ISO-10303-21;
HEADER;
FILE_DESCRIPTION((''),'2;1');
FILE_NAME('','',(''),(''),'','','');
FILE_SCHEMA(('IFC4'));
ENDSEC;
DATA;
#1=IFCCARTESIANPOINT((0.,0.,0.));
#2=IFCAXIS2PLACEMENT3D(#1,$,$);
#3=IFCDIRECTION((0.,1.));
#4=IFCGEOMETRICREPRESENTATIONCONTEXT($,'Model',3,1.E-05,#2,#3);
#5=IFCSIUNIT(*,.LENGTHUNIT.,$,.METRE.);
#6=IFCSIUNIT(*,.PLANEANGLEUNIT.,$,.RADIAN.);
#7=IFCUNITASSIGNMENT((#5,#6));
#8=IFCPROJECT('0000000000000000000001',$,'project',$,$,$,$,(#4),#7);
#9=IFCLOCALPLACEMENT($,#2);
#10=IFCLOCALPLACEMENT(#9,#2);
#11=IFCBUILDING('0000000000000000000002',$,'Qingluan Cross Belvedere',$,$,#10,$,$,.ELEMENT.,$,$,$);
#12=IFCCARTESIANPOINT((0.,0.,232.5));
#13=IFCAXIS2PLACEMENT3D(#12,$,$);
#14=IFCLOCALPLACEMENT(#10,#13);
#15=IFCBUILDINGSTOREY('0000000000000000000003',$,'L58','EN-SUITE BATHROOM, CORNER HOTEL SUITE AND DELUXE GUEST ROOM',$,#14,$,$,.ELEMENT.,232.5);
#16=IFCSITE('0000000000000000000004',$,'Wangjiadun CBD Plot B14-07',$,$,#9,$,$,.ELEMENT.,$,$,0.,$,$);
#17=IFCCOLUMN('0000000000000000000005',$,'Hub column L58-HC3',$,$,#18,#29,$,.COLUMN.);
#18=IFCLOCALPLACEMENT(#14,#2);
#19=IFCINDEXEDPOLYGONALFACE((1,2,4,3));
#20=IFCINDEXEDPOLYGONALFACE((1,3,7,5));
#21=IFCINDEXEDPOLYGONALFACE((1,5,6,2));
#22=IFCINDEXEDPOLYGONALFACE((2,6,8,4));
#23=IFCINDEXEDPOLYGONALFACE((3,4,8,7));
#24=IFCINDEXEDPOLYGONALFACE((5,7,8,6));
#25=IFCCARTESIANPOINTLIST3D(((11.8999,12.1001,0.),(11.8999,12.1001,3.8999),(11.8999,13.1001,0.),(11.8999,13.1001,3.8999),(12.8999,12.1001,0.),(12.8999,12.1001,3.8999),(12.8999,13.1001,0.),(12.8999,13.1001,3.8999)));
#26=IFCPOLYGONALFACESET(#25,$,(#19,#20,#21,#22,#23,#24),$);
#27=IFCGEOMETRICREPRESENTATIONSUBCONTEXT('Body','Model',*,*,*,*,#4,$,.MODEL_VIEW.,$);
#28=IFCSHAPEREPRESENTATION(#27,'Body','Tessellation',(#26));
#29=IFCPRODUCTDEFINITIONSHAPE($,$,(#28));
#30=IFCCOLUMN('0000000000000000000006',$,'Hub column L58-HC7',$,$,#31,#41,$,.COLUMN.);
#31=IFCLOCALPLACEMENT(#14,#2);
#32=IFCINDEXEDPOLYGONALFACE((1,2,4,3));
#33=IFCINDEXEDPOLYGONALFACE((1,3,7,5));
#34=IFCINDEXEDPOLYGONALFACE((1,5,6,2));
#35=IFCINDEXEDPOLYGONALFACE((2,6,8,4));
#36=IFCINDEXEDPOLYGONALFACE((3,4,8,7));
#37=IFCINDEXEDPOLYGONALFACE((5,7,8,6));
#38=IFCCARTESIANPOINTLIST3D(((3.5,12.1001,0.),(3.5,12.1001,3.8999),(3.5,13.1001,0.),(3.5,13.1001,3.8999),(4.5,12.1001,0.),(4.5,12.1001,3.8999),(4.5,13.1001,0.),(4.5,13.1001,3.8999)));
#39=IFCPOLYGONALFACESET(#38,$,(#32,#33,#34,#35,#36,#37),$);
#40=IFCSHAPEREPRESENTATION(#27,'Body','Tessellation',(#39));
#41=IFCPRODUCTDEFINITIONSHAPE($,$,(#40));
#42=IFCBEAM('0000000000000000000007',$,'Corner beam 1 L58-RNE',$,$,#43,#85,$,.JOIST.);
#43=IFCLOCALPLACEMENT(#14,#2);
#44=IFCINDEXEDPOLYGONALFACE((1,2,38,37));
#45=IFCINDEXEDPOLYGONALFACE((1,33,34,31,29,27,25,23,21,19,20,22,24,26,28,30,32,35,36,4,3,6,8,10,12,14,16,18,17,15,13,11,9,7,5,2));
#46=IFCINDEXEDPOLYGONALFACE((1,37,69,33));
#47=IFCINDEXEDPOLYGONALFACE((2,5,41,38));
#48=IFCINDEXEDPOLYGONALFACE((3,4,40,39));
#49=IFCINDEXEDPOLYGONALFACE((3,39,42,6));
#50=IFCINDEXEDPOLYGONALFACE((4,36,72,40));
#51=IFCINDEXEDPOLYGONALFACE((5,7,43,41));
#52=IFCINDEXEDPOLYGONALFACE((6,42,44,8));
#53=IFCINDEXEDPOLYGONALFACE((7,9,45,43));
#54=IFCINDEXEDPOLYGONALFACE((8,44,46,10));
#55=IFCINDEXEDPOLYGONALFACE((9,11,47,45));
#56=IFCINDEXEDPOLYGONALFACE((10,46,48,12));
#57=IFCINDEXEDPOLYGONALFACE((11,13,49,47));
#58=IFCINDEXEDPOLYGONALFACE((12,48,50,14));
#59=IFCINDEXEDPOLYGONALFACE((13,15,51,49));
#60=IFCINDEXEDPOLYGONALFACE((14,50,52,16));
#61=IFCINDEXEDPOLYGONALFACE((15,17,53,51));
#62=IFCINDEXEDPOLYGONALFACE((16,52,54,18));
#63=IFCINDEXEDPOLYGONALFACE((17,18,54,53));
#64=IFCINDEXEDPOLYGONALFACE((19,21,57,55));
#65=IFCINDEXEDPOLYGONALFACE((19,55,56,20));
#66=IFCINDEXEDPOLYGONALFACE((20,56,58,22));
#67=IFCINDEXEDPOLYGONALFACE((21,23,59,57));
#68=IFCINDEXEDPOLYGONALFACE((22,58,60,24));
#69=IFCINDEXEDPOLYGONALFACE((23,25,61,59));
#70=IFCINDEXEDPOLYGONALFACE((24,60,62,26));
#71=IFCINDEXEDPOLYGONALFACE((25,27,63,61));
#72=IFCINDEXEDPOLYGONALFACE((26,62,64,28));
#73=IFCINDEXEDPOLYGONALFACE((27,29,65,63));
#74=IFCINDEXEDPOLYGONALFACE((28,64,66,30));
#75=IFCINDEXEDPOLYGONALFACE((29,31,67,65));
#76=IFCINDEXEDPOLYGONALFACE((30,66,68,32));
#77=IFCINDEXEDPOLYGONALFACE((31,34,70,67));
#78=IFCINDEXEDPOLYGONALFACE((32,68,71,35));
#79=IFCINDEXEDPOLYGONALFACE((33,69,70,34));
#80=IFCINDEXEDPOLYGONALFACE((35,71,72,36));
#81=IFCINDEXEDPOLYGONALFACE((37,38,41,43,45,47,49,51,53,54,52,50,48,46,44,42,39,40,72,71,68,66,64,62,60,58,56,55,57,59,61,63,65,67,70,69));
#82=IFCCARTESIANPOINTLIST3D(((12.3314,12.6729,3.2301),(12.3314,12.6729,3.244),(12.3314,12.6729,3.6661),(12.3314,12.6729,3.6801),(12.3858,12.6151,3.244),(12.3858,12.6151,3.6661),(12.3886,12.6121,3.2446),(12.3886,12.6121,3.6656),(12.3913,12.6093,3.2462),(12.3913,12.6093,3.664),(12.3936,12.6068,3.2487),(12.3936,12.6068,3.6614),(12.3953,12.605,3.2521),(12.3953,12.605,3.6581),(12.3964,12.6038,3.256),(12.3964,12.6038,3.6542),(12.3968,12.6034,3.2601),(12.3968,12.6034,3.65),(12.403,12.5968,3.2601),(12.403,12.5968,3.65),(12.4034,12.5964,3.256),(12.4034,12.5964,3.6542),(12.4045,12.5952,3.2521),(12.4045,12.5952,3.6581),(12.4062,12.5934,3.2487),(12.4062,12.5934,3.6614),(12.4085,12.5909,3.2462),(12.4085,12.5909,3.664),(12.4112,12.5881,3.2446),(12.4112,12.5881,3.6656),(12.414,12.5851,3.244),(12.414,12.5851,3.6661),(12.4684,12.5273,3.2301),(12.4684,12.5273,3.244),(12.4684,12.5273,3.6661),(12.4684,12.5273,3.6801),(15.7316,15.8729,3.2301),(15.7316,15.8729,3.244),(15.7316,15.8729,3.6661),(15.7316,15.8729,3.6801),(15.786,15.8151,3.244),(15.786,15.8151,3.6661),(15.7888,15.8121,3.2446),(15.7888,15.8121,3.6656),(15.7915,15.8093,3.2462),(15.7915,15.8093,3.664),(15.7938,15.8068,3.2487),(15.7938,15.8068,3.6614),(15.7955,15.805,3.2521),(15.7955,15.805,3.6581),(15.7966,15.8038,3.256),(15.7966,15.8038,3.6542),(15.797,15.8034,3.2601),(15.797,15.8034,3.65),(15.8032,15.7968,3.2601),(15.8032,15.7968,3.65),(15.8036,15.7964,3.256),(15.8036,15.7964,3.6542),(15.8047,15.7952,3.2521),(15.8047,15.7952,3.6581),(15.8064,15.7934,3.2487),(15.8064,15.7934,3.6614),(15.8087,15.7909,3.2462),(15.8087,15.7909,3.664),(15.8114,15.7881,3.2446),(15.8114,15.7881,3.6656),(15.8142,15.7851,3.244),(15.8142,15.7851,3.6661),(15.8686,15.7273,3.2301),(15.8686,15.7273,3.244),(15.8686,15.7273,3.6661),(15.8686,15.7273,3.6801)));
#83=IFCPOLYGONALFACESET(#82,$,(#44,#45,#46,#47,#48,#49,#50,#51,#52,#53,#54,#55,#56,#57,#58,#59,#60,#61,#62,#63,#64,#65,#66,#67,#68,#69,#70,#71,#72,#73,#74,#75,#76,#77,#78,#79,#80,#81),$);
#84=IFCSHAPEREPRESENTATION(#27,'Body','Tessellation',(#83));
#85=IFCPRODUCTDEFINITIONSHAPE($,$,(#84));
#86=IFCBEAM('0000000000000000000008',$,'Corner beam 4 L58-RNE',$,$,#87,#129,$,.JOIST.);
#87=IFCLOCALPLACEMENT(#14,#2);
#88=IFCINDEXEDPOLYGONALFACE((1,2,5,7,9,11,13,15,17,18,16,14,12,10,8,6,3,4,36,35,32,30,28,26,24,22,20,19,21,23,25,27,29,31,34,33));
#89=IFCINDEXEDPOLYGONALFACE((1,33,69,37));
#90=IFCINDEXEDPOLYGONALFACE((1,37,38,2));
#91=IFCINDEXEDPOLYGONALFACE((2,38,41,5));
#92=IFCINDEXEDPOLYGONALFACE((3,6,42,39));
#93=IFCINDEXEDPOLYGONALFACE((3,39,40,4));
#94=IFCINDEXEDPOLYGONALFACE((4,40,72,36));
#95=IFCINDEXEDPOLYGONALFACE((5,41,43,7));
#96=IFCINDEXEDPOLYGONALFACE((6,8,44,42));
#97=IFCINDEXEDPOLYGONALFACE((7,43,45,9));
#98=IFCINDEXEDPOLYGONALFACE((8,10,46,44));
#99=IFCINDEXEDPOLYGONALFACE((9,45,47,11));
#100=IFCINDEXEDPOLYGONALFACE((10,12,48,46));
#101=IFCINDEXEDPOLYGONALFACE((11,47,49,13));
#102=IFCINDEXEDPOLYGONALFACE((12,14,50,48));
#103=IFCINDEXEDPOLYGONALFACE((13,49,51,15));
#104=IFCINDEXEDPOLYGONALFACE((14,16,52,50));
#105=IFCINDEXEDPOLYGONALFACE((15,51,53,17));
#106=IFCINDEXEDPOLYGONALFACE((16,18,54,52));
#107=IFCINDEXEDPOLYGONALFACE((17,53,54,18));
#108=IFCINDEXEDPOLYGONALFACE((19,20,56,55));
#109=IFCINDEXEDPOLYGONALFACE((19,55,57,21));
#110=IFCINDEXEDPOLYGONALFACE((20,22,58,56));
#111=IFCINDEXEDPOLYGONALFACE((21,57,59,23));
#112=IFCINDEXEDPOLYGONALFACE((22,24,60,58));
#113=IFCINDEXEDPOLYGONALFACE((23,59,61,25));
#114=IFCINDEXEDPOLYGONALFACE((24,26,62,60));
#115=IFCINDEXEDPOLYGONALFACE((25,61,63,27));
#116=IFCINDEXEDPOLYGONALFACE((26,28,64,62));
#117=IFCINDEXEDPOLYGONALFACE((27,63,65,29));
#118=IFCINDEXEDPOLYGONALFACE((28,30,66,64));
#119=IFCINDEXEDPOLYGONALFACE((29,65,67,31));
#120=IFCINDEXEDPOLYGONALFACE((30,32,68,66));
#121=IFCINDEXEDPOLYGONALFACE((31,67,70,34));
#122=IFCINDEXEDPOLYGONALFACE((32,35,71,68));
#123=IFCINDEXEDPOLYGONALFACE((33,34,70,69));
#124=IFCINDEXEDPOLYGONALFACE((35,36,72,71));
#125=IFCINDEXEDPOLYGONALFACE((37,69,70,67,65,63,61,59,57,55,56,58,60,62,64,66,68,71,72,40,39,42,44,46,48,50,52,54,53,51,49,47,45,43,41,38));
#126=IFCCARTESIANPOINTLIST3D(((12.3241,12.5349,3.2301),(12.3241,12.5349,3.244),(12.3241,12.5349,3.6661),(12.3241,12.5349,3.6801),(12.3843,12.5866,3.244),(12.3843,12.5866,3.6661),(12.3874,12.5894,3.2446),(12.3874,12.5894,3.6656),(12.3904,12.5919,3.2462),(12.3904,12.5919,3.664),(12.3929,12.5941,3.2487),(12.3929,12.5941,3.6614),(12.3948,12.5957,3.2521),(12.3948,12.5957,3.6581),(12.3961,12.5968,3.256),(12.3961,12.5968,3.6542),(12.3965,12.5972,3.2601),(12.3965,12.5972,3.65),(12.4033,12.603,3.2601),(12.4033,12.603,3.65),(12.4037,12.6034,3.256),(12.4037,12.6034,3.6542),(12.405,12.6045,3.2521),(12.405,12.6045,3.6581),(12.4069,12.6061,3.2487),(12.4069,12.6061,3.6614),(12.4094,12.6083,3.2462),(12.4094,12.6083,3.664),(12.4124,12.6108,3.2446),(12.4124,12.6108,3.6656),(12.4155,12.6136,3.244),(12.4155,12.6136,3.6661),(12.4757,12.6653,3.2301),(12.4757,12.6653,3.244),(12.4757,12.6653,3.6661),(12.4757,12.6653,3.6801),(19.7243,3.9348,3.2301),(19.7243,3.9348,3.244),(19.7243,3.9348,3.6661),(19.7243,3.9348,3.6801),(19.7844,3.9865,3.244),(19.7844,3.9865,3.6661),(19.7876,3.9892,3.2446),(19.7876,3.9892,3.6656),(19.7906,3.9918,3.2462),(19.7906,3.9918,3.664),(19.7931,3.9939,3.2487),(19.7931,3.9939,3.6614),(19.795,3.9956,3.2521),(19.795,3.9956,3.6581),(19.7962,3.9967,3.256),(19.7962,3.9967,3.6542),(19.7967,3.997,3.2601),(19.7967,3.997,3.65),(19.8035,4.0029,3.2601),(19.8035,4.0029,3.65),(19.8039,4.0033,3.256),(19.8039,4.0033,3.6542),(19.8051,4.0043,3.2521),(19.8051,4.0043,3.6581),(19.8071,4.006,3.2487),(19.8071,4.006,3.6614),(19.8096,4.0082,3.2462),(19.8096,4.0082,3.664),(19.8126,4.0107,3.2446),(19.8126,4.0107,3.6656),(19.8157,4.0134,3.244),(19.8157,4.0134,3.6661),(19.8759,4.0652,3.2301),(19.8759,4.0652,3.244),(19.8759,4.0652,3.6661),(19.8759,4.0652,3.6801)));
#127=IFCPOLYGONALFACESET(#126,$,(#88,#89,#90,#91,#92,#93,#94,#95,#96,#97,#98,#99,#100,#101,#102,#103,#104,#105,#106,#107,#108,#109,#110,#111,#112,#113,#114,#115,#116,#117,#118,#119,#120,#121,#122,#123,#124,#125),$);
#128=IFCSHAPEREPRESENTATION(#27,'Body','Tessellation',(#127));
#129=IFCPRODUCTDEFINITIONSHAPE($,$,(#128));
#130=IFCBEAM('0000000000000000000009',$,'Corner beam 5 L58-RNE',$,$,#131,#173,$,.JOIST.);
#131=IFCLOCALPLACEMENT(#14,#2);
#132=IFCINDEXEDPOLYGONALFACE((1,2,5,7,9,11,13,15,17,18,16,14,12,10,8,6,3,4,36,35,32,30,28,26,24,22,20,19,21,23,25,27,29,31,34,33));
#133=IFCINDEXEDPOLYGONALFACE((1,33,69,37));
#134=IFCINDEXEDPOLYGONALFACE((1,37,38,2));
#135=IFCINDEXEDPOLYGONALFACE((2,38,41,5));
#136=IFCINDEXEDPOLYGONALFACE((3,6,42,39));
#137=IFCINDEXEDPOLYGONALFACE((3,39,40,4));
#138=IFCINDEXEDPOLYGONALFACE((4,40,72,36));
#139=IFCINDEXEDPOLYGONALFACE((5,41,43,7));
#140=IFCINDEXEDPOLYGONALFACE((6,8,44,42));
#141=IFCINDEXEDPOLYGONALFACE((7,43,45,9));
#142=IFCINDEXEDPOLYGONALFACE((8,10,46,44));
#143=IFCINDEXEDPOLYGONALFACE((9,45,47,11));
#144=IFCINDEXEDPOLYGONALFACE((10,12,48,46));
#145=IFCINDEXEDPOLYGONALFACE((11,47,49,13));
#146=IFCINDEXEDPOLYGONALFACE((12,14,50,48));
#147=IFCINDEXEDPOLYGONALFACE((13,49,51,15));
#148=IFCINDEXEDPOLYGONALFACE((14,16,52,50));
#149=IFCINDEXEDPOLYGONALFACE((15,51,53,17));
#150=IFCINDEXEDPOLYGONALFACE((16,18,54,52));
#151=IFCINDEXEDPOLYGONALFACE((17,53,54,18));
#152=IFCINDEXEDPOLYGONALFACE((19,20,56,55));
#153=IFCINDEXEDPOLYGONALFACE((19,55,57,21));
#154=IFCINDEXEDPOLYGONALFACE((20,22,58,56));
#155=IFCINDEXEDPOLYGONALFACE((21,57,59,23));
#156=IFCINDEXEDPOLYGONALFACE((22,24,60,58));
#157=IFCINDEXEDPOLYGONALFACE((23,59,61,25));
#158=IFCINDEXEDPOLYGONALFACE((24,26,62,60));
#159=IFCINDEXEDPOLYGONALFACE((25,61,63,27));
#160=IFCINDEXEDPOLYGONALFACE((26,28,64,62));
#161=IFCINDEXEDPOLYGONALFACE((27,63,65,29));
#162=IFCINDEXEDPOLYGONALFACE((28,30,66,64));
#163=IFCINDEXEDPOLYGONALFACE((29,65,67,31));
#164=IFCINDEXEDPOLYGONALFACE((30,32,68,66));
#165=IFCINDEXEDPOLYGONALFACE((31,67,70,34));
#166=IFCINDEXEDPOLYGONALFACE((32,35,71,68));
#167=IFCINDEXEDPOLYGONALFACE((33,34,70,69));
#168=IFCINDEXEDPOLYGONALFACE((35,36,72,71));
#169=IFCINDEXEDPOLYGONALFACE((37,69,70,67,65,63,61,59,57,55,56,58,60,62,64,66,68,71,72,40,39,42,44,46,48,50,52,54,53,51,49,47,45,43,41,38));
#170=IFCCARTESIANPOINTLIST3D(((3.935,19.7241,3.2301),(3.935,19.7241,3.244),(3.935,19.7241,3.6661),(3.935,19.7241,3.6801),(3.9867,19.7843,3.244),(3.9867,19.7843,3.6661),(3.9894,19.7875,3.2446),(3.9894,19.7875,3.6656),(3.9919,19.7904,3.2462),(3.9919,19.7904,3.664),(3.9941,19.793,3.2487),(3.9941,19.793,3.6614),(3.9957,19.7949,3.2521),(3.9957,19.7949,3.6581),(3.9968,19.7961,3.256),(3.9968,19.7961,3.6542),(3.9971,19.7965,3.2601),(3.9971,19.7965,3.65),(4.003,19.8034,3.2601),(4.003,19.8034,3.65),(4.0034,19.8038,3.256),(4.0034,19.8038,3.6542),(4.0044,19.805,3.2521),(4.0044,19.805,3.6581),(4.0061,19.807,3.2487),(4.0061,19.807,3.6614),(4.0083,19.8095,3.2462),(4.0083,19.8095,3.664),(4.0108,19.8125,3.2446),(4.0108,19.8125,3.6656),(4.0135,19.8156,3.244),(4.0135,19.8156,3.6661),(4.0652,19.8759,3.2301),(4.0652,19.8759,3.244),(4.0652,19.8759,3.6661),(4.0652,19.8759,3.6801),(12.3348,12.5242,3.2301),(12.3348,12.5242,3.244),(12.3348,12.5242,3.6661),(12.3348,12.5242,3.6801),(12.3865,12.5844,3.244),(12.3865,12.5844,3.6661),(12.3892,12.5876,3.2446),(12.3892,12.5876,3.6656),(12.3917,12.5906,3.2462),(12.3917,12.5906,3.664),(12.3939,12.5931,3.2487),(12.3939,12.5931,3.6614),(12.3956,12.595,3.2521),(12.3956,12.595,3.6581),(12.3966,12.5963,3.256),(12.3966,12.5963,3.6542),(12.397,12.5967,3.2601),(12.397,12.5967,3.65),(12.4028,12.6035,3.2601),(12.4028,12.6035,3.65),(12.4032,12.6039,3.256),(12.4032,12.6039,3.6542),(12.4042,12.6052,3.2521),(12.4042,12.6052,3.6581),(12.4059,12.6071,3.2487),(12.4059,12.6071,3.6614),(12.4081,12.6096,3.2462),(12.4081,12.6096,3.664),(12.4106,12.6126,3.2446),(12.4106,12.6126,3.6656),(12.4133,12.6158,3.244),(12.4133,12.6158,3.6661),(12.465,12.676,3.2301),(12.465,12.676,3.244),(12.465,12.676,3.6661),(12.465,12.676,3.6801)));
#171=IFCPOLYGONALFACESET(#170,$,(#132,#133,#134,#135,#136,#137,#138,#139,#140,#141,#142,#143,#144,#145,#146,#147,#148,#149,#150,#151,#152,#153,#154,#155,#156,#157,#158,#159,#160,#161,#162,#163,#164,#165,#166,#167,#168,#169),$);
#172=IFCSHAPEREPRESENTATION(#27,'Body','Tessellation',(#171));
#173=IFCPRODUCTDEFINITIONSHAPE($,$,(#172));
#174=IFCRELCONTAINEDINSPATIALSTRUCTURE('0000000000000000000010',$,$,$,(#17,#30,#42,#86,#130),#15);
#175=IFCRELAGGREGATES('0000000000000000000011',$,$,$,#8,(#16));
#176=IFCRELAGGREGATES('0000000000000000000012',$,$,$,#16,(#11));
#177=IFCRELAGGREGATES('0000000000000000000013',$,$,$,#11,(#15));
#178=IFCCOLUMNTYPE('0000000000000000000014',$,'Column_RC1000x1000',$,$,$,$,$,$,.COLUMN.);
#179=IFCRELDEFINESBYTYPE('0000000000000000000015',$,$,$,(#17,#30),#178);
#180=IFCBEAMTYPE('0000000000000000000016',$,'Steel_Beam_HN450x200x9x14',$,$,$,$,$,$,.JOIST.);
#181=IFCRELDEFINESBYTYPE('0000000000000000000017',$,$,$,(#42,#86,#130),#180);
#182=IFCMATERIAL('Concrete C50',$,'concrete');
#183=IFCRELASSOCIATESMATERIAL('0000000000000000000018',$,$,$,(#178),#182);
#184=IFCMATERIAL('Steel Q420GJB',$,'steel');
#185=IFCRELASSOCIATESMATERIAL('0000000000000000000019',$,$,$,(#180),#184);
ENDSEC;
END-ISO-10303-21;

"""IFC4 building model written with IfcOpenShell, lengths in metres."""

from ifc_helpers import new_model, si_unit, direction, frame, origin, origin_2d, place, context, subcontext, project, spatial, rectangle, i_section, extrude, material, material_profile, profile_set, type_object, element, save


model = new_model("IFC4")

# Units and contexts
model_context = context("Model", 3, precision=1e-05, world=origin(), true_north=direction((0.0, 1.0)))
body_context = subcontext(model_context, "Body", "Model", "MODEL_VIEW")
ifc_project = project(units=[si_unit("LENGTHUNIT", "METRE"), si_unit("PLANEANGLEUNIT", "RADIAN")], contexts=[model_context])

# Site, building, storey
site_placement = place(None, origin())
site = spatial("IfcSite", under=ifc_project, at=site_placement, Name="Wangjiadun CBD Plot B14-07", CompositionType="ELEMENT", RefElevation=0.0)
building_placement = place(site_placement, origin())
building = spatial("IfcBuilding", under=site, at=building_placement, Name="Qingluan Cross Belvedere", CompositionType="ELEMENT")
storey_placement = place(building_placement, frame((0.0, 0.0, 232.5)))
storey = spatial("IfcBuildingStorey", under=building, at=storey_placement, Name="L58", Description="EN-SUITE BATHROOM, CORNER HOTEL SUITE AND DELUXE GUEST ROOM", CompositionType="ELEMENT", Elevation=232.5)

# Columns
ifc_material_1 = material(Name="Concrete C50", Category="concrete")
ifc_material_profile_1 = material_profile(ifc_material_1, rectangle(XDim=1.0, YDim=1.0, at=origin_2d()), Name="RC1000x1000")
ifc_profile_set_1 = profile_set([ifc_material_profile_1], Name="Concrete C50")
column_type = type_object("IfcColumnType", Name="Column_RC1000x1000", PredefinedType="COLUMN", material=ifc_profile_set_1)
for number, where, z_axis, x_axis, name in (
    (1, (12.3999, 12.6001, 0.0), (0.0, 0.0, 1.0), (1.0, 0.0, 0.0), "Hub column L58-HC3"),
    (2, (4.0, 12.6001, 0.0), (0.0, 0.0, 1.0), (1.0, 0.0, 0.0), "Hub column L58-HC7"),
):
    element("IfcColumn", number, at=place(storey_placement, frame(where, z_axis=z_axis, x_axis=x_axis)), inside=storey, type_object=column_type, Name=name, PredefinedType="COLUMN", context=body_context, shape_type="SweptSolid", body=[
        extrude(rectangle(XDim=1.0, YDim=1.0, at=origin_2d()), origin(), (0.0, 0.0, 1.0), 3.8999),
    ])

# Beams
ifc_material_2 = material(Name="Steel Q420GJB", Category="steel")
ifc_material_profile_2 = material_profile(ifc_material_2, i_section(OverallWidth=0.2, OverallDepth=0.45, WebThickness=0.009, FlangeThickness=0.0139, FilletRadius=0.0161, at=origin_2d()), Name="HN450x200x9x14")
ifc_profile_set_2 = profile_set([ifc_material_profile_2], Name="Steel Q420GJB")
beam_type_1 = type_object("IfcBeamType", Name="Steel_Beam_HN450x200x9x14", PredefinedType="JOIST", material=ifc_profile_set_2)
beam_1_placement = place(storey_placement, frame((12.3999, 12.6001, 3.4551), z_axis=(0.72822, 0.685343, 0.0), x_axis=(-0.685343, 0.72822, 0.0)))
element("IfcBeam", 3, at=beam_1_placement, inside=storey, type_object=beam_type_1, Name="Corner beam 1 L58-RNE", PredefinedType="JOIST", context=body_context, shape_type="SweptSolid", body=[
    extrude(i_section(OverallWidth=0.2, OverallDepth=0.45, WebThickness=0.009, FlangeThickness=0.0139, FilletRadius=0.0161, at=origin_2d()), origin(), (0.0, 0.0, 1.0), 4.6692),
])
beam_2_placement = place(storey_placement, frame((12.3999, 12.6001, 3.4551), z_axis=(0.652245, -0.758008, 0.0), x_axis=(0.758008, 0.652245, 0.0)))
element("IfcBeam", 4, at=beam_2_placement, inside=storey, type_object=beam_type_1, Name="Corner beam 4 L58-RNE", PredefinedType="JOIST", context=body_context, shape_type="SweptSolid", body=[
    extrude(i_section(OverallWidth=0.2, OverallDepth=0.45, WebThickness=0.009, FlangeThickness=0.0139, FilletRadius=0.0161, at=origin_2d()), origin(), (0.0, 0.0, 1.0), 11.3457),
])
beam_3_placement = place(storey_placement, frame((12.3999, 12.6001, 3.4551), z_axis=(-0.759255, 0.650793, 0.0), x_axis=(-0.650793, -0.759255, 0.0)))
element("IfcBeam", 5, at=beam_3_placement, inside=storey, type_object=beam_type_1, Name="Corner beam 5 L58-RNE", PredefinedType="JOIST", context=body_context, shape_type="SweptSolid", body=[
    extrude(i_section(OverallWidth=0.2, OverallDepth=0.45, WebThickness=0.009, FlangeThickness=0.0139, FilletRadius=0.0161, at=origin_2d()), origin(), (0.0, 0.0, 1.0), 11.0632),
])

save(model, "model.ifc")
